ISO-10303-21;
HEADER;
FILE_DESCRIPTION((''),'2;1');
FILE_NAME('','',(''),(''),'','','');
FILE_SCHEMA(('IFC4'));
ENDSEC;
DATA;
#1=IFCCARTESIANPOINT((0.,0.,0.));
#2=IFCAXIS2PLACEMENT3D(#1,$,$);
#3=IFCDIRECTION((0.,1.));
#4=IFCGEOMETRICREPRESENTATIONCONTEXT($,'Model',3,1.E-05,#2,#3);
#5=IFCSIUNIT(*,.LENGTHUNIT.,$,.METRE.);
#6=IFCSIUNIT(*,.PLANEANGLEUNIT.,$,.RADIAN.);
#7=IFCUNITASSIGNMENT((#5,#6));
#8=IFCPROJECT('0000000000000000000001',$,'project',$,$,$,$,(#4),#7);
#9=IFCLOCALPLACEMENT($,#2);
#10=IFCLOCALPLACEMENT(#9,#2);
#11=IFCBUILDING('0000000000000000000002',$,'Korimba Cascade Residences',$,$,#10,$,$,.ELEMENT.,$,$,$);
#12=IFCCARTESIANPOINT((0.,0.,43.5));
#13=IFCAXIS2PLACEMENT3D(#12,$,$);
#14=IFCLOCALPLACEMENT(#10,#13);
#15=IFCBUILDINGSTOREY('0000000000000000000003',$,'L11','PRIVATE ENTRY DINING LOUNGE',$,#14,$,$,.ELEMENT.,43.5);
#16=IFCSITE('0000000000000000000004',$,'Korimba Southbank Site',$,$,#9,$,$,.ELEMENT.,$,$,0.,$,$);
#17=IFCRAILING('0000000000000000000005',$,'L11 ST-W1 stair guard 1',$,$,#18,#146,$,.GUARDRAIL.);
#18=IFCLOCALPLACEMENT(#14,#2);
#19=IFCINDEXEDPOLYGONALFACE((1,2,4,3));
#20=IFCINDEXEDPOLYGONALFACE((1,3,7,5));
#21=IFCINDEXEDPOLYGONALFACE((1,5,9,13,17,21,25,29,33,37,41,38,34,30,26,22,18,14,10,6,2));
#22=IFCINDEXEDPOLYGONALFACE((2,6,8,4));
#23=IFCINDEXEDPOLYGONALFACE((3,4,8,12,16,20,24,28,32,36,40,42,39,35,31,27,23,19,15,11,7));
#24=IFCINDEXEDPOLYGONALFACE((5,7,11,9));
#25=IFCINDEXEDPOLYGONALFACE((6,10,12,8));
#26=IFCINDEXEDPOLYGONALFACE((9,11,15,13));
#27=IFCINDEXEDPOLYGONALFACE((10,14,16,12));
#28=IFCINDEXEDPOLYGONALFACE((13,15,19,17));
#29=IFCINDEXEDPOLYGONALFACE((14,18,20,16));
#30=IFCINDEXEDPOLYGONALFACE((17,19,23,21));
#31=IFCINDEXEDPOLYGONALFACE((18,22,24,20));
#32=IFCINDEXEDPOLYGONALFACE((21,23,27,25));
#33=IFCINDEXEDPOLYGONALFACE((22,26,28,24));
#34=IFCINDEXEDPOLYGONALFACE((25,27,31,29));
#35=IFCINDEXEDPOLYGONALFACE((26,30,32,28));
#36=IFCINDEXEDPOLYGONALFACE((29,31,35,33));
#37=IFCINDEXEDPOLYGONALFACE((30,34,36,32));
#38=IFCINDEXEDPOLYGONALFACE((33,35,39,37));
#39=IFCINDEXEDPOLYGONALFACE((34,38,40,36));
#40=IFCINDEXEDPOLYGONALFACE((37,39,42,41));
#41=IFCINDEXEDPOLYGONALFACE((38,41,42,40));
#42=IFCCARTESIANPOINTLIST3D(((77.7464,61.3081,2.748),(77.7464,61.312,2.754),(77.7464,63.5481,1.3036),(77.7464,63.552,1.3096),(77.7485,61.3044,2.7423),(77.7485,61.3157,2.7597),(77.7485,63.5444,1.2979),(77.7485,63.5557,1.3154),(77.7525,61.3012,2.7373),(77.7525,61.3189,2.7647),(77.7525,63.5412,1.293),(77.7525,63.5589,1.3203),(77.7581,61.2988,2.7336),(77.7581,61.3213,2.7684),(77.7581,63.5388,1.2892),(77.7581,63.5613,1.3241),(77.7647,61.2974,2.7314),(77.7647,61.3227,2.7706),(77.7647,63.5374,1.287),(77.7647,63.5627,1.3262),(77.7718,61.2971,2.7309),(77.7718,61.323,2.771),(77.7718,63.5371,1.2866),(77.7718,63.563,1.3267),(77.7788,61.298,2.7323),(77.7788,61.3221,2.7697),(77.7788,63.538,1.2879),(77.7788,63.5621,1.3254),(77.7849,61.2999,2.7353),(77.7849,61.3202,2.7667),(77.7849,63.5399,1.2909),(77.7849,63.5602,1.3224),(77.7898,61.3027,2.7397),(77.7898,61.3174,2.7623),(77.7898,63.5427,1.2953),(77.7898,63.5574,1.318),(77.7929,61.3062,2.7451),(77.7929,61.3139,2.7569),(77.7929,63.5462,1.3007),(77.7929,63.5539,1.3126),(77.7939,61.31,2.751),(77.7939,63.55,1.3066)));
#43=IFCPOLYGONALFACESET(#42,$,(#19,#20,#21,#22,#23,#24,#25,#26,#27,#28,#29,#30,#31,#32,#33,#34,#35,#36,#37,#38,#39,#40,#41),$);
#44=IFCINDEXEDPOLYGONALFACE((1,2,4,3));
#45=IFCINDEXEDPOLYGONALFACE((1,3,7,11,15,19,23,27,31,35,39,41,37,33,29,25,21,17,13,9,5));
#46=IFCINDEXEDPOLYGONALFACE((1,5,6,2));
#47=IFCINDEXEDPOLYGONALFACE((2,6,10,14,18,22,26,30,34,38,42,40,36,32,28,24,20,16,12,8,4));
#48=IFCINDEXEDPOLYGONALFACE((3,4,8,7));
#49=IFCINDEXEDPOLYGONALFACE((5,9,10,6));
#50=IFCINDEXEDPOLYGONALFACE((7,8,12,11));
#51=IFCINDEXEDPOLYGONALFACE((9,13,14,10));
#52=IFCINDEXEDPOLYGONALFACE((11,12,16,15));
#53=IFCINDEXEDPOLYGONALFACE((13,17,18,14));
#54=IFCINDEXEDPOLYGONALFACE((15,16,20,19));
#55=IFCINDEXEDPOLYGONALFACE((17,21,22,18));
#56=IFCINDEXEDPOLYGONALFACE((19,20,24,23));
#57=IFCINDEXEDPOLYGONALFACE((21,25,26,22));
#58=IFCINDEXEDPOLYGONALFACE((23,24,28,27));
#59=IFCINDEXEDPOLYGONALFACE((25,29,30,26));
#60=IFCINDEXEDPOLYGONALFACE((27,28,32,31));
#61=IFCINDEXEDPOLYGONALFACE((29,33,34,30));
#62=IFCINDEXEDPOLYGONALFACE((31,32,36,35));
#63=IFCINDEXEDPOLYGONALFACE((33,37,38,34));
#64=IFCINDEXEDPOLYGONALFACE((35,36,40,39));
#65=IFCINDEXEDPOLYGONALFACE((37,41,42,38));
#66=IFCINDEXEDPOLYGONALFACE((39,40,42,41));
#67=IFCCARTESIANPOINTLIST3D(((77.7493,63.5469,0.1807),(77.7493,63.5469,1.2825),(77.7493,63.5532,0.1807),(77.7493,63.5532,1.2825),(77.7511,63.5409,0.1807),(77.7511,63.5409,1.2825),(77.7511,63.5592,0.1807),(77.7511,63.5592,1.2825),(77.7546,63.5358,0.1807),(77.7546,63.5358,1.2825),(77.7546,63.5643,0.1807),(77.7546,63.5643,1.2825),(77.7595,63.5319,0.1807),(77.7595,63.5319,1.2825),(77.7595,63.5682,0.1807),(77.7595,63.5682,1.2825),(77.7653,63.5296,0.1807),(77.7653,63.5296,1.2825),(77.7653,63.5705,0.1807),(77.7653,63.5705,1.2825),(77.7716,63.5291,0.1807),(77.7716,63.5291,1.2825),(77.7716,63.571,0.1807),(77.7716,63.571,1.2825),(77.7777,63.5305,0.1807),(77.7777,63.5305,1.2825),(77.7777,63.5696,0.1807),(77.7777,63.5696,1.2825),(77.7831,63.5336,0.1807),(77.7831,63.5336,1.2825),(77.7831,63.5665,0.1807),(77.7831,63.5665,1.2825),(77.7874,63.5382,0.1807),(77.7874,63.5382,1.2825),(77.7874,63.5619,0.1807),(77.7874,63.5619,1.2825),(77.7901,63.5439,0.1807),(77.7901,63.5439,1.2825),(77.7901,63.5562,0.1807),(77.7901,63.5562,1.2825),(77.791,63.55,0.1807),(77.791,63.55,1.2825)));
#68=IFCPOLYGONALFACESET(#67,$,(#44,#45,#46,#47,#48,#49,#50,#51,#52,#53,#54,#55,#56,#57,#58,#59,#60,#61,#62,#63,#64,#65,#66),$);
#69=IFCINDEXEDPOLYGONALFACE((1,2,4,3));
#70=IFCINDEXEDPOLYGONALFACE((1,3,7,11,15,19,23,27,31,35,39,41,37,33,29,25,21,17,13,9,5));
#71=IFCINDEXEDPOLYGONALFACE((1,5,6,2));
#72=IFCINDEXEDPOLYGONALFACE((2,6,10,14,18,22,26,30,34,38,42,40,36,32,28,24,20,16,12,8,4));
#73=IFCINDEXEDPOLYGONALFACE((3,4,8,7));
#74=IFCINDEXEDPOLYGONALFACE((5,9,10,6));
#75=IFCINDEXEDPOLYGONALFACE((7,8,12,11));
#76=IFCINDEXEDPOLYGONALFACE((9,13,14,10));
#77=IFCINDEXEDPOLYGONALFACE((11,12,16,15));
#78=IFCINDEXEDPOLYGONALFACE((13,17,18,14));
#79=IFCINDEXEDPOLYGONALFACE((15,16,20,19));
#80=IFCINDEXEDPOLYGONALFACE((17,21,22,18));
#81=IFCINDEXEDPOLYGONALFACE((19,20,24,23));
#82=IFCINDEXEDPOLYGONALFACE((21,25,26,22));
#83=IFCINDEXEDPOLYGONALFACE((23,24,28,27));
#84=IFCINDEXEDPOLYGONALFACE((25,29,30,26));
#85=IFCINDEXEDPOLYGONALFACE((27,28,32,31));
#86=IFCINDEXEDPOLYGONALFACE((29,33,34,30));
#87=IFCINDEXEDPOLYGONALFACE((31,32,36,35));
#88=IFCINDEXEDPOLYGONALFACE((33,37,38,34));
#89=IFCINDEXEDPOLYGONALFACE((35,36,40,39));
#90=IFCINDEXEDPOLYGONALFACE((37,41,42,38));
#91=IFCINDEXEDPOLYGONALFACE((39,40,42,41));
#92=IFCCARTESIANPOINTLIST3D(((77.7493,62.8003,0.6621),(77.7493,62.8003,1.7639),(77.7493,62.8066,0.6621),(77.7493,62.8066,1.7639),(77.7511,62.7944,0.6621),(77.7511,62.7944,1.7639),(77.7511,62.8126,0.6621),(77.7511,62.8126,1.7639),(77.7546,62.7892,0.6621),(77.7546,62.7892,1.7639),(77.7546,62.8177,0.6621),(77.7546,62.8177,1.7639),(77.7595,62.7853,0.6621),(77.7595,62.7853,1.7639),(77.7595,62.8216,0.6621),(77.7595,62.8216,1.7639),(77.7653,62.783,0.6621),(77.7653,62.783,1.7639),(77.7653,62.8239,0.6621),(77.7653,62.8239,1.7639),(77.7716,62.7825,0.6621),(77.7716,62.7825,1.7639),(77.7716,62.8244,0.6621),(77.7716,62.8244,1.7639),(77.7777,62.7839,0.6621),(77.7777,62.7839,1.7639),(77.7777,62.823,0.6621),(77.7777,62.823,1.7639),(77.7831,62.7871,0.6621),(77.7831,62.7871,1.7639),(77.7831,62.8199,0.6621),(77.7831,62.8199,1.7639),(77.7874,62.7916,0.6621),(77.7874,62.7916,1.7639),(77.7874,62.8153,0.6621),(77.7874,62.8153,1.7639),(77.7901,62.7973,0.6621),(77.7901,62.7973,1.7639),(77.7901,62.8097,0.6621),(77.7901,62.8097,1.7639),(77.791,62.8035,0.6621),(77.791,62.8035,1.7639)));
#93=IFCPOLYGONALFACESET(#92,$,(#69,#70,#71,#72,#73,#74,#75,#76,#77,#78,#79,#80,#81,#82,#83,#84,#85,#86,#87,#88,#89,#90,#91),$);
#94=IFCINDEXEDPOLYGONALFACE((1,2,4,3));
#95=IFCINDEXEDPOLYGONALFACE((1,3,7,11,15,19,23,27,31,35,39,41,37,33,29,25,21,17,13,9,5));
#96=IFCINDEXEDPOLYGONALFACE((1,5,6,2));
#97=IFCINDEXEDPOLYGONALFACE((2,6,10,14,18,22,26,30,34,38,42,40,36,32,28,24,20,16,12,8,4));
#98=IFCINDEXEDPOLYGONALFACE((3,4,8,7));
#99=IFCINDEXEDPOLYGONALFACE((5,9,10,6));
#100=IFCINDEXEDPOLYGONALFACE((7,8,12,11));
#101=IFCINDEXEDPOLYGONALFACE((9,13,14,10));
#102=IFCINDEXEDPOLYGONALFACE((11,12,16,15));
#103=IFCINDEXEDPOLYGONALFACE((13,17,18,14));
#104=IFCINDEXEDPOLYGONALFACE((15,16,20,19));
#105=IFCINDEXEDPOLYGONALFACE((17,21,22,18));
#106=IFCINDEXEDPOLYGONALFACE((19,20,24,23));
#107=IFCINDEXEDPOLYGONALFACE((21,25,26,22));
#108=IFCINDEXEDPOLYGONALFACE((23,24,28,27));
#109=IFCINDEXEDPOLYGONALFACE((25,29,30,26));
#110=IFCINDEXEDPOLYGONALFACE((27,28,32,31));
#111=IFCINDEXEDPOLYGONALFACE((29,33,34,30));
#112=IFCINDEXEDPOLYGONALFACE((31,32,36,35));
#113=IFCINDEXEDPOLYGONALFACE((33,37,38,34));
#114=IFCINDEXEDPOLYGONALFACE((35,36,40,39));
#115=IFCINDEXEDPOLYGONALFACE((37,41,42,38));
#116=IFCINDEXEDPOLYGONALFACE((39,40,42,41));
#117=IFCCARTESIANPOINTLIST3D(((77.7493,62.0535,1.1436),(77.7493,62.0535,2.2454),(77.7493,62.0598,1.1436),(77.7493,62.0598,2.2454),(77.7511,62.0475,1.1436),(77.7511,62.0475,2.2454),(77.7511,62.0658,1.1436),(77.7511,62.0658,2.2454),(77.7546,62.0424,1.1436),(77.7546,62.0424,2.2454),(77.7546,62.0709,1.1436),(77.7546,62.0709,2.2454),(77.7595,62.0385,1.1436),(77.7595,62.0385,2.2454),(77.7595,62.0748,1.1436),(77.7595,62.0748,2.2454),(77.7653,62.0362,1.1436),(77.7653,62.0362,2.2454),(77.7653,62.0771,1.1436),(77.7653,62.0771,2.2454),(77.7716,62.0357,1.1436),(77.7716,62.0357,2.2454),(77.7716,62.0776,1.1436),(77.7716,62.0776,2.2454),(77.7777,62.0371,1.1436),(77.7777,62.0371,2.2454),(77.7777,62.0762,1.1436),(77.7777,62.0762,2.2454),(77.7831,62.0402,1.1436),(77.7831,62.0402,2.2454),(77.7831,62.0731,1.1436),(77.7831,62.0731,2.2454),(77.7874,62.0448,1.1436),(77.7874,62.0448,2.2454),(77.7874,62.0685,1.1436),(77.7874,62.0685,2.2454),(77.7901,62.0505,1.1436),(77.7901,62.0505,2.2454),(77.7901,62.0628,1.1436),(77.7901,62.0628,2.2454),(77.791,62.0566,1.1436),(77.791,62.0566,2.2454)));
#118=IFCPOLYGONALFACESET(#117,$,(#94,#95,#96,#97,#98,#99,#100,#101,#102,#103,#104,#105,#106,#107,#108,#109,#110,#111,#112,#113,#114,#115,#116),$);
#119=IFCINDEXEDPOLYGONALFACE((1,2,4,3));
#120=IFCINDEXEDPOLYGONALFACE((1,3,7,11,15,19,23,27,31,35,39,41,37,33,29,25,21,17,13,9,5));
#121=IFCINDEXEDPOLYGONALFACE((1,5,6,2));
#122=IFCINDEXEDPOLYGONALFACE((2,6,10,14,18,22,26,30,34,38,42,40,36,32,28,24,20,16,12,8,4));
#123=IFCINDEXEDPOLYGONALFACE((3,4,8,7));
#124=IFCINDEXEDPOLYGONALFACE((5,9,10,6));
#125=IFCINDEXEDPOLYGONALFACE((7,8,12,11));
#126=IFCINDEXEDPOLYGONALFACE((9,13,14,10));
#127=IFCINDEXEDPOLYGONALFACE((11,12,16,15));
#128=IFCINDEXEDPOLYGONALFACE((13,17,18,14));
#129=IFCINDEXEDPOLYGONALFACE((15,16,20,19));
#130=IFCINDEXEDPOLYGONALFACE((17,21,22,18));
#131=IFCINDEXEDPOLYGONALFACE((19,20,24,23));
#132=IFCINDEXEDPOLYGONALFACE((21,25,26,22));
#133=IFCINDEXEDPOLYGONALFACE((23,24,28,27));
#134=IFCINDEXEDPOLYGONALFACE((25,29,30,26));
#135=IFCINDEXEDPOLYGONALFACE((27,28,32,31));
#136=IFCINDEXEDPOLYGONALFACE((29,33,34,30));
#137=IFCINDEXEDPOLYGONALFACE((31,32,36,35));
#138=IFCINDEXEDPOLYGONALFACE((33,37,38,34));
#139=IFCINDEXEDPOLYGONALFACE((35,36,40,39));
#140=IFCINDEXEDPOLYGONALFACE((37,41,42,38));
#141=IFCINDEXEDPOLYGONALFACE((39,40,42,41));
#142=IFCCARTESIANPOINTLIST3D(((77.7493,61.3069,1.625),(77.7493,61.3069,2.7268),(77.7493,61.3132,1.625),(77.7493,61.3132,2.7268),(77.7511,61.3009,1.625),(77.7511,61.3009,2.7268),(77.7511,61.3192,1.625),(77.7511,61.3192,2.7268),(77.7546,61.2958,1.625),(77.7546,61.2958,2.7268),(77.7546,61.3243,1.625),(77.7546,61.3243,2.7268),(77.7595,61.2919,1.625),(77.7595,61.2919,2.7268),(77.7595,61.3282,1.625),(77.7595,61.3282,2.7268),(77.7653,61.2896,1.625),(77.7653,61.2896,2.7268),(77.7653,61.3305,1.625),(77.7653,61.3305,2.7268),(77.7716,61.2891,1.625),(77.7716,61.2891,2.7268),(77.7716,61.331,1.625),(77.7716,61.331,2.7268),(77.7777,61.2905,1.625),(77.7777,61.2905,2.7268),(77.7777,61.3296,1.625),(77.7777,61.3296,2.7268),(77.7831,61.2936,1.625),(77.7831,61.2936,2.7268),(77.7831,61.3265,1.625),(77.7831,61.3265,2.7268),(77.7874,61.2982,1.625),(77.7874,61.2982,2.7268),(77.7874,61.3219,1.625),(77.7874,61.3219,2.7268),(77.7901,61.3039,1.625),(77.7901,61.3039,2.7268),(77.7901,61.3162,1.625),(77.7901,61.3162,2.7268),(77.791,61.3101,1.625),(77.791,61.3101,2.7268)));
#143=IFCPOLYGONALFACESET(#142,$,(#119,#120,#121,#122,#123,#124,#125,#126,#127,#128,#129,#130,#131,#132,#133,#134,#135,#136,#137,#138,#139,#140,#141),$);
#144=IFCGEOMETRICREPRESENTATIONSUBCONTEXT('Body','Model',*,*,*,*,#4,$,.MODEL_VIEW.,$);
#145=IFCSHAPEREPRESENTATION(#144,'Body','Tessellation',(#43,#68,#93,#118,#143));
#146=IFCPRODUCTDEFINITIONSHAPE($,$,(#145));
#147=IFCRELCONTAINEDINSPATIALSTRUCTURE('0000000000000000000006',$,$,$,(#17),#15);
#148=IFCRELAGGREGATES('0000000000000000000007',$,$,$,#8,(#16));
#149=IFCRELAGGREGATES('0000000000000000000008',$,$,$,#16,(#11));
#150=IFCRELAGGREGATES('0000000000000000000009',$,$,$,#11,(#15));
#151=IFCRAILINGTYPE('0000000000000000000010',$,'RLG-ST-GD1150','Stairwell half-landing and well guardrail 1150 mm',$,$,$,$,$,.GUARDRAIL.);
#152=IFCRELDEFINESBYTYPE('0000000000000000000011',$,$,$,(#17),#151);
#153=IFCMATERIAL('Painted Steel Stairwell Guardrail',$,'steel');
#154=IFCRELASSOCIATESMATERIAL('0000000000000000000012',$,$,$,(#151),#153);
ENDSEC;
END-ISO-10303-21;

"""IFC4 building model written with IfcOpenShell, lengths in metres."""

from ifc_helpers import new_model, si_unit, direction, frame, origin, origin_2d, place, context, subcontext, project, spatial, circle, extrude, material, type_object, element, save


model = new_model("IFC4")

# Units and contexts
model_context = context("Model", 3, precision=1e-05, world=origin(), true_north=direction((0.0, 1.0)))
body_context = subcontext(model_context, "Body", "Model", "MODEL_VIEW")
ifc_project = project(units=[si_unit("LENGTHUNIT", "METRE"), si_unit("PLANEANGLEUNIT", "RADIAN")], contexts=[model_context])

# Site, building, storey
site_placement = place(None, origin())
site = spatial("IfcSite", under=ifc_project, at=site_placement, Name="Korimba Southbank Site", CompositionType="ELEMENT", RefElevation=0.0)
building_placement = place(site_placement, origin())
building = spatial("IfcBuilding", under=site, at=building_placement, Name="Korimba Cascade Residences", CompositionType="ELEMENT")
storey_placement = place(building_placement, frame((0.0, 0.0, 43.5)))
storey = spatial("IfcBuildingStorey", under=building, at=storey_placement, Name="L11", Description="PRIVATE ENTRY DINING LOUNGE", CompositionType="ELEMENT", Elevation=43.5)

# Railing
ifc_material_1 = material(Name="Painted Steel Stairwell Guardrail", Category="steel")
railing_type_1 = type_object("IfcRailingType", Name="RLG-ST-GD1150", Description="Stairwell half-landing and well guardrail 1150 mm", PredefinedType="GUARDRAIL", material=ifc_material_1)
railing_1_placement = place(storey_placement, frame((77.77, 63.55, 0.1807)))
element("IfcRailing", 1, at=railing_1_placement, inside=storey, type_object=railing_type_1, Name="L11 ST-W1 stair guard 1", PredefinedType="GUARDRAIL", context=body_context, shape_type="SweptSolid", body=[
    extrude(circle(Radius=0.0239, at=origin_2d()), frame((0.0, 0.0, 1.126), z_axis=(0.0, -0.840437, 0.54191), x_axis=(1.0, 0.0, 0.0)), (0.0, 0.0, 1.0), 2.6653),
    extrude(circle(Radius=0.021, at=origin_2d()), origin(), (0.0, 0.0, 1.0), 1.1018),
    extrude(circle(Radius=0.021, at=origin_2d()), frame((0.0, -0.7466, 0.4814)), (0.0, 0.0, 1.0), 1.1018),
    extrude(circle(Radius=0.021, at=origin_2d()), frame((0.0, -1.4934, 0.9629)), (0.0, 0.0, 1.0), 1.1018),
    extrude(circle(Radius=0.021, at=origin_2d()), frame((0.0, -2.24, 1.4443)), (0.0, 0.0, 1.0), 1.1018),
])

save(model, "model.ifc")
